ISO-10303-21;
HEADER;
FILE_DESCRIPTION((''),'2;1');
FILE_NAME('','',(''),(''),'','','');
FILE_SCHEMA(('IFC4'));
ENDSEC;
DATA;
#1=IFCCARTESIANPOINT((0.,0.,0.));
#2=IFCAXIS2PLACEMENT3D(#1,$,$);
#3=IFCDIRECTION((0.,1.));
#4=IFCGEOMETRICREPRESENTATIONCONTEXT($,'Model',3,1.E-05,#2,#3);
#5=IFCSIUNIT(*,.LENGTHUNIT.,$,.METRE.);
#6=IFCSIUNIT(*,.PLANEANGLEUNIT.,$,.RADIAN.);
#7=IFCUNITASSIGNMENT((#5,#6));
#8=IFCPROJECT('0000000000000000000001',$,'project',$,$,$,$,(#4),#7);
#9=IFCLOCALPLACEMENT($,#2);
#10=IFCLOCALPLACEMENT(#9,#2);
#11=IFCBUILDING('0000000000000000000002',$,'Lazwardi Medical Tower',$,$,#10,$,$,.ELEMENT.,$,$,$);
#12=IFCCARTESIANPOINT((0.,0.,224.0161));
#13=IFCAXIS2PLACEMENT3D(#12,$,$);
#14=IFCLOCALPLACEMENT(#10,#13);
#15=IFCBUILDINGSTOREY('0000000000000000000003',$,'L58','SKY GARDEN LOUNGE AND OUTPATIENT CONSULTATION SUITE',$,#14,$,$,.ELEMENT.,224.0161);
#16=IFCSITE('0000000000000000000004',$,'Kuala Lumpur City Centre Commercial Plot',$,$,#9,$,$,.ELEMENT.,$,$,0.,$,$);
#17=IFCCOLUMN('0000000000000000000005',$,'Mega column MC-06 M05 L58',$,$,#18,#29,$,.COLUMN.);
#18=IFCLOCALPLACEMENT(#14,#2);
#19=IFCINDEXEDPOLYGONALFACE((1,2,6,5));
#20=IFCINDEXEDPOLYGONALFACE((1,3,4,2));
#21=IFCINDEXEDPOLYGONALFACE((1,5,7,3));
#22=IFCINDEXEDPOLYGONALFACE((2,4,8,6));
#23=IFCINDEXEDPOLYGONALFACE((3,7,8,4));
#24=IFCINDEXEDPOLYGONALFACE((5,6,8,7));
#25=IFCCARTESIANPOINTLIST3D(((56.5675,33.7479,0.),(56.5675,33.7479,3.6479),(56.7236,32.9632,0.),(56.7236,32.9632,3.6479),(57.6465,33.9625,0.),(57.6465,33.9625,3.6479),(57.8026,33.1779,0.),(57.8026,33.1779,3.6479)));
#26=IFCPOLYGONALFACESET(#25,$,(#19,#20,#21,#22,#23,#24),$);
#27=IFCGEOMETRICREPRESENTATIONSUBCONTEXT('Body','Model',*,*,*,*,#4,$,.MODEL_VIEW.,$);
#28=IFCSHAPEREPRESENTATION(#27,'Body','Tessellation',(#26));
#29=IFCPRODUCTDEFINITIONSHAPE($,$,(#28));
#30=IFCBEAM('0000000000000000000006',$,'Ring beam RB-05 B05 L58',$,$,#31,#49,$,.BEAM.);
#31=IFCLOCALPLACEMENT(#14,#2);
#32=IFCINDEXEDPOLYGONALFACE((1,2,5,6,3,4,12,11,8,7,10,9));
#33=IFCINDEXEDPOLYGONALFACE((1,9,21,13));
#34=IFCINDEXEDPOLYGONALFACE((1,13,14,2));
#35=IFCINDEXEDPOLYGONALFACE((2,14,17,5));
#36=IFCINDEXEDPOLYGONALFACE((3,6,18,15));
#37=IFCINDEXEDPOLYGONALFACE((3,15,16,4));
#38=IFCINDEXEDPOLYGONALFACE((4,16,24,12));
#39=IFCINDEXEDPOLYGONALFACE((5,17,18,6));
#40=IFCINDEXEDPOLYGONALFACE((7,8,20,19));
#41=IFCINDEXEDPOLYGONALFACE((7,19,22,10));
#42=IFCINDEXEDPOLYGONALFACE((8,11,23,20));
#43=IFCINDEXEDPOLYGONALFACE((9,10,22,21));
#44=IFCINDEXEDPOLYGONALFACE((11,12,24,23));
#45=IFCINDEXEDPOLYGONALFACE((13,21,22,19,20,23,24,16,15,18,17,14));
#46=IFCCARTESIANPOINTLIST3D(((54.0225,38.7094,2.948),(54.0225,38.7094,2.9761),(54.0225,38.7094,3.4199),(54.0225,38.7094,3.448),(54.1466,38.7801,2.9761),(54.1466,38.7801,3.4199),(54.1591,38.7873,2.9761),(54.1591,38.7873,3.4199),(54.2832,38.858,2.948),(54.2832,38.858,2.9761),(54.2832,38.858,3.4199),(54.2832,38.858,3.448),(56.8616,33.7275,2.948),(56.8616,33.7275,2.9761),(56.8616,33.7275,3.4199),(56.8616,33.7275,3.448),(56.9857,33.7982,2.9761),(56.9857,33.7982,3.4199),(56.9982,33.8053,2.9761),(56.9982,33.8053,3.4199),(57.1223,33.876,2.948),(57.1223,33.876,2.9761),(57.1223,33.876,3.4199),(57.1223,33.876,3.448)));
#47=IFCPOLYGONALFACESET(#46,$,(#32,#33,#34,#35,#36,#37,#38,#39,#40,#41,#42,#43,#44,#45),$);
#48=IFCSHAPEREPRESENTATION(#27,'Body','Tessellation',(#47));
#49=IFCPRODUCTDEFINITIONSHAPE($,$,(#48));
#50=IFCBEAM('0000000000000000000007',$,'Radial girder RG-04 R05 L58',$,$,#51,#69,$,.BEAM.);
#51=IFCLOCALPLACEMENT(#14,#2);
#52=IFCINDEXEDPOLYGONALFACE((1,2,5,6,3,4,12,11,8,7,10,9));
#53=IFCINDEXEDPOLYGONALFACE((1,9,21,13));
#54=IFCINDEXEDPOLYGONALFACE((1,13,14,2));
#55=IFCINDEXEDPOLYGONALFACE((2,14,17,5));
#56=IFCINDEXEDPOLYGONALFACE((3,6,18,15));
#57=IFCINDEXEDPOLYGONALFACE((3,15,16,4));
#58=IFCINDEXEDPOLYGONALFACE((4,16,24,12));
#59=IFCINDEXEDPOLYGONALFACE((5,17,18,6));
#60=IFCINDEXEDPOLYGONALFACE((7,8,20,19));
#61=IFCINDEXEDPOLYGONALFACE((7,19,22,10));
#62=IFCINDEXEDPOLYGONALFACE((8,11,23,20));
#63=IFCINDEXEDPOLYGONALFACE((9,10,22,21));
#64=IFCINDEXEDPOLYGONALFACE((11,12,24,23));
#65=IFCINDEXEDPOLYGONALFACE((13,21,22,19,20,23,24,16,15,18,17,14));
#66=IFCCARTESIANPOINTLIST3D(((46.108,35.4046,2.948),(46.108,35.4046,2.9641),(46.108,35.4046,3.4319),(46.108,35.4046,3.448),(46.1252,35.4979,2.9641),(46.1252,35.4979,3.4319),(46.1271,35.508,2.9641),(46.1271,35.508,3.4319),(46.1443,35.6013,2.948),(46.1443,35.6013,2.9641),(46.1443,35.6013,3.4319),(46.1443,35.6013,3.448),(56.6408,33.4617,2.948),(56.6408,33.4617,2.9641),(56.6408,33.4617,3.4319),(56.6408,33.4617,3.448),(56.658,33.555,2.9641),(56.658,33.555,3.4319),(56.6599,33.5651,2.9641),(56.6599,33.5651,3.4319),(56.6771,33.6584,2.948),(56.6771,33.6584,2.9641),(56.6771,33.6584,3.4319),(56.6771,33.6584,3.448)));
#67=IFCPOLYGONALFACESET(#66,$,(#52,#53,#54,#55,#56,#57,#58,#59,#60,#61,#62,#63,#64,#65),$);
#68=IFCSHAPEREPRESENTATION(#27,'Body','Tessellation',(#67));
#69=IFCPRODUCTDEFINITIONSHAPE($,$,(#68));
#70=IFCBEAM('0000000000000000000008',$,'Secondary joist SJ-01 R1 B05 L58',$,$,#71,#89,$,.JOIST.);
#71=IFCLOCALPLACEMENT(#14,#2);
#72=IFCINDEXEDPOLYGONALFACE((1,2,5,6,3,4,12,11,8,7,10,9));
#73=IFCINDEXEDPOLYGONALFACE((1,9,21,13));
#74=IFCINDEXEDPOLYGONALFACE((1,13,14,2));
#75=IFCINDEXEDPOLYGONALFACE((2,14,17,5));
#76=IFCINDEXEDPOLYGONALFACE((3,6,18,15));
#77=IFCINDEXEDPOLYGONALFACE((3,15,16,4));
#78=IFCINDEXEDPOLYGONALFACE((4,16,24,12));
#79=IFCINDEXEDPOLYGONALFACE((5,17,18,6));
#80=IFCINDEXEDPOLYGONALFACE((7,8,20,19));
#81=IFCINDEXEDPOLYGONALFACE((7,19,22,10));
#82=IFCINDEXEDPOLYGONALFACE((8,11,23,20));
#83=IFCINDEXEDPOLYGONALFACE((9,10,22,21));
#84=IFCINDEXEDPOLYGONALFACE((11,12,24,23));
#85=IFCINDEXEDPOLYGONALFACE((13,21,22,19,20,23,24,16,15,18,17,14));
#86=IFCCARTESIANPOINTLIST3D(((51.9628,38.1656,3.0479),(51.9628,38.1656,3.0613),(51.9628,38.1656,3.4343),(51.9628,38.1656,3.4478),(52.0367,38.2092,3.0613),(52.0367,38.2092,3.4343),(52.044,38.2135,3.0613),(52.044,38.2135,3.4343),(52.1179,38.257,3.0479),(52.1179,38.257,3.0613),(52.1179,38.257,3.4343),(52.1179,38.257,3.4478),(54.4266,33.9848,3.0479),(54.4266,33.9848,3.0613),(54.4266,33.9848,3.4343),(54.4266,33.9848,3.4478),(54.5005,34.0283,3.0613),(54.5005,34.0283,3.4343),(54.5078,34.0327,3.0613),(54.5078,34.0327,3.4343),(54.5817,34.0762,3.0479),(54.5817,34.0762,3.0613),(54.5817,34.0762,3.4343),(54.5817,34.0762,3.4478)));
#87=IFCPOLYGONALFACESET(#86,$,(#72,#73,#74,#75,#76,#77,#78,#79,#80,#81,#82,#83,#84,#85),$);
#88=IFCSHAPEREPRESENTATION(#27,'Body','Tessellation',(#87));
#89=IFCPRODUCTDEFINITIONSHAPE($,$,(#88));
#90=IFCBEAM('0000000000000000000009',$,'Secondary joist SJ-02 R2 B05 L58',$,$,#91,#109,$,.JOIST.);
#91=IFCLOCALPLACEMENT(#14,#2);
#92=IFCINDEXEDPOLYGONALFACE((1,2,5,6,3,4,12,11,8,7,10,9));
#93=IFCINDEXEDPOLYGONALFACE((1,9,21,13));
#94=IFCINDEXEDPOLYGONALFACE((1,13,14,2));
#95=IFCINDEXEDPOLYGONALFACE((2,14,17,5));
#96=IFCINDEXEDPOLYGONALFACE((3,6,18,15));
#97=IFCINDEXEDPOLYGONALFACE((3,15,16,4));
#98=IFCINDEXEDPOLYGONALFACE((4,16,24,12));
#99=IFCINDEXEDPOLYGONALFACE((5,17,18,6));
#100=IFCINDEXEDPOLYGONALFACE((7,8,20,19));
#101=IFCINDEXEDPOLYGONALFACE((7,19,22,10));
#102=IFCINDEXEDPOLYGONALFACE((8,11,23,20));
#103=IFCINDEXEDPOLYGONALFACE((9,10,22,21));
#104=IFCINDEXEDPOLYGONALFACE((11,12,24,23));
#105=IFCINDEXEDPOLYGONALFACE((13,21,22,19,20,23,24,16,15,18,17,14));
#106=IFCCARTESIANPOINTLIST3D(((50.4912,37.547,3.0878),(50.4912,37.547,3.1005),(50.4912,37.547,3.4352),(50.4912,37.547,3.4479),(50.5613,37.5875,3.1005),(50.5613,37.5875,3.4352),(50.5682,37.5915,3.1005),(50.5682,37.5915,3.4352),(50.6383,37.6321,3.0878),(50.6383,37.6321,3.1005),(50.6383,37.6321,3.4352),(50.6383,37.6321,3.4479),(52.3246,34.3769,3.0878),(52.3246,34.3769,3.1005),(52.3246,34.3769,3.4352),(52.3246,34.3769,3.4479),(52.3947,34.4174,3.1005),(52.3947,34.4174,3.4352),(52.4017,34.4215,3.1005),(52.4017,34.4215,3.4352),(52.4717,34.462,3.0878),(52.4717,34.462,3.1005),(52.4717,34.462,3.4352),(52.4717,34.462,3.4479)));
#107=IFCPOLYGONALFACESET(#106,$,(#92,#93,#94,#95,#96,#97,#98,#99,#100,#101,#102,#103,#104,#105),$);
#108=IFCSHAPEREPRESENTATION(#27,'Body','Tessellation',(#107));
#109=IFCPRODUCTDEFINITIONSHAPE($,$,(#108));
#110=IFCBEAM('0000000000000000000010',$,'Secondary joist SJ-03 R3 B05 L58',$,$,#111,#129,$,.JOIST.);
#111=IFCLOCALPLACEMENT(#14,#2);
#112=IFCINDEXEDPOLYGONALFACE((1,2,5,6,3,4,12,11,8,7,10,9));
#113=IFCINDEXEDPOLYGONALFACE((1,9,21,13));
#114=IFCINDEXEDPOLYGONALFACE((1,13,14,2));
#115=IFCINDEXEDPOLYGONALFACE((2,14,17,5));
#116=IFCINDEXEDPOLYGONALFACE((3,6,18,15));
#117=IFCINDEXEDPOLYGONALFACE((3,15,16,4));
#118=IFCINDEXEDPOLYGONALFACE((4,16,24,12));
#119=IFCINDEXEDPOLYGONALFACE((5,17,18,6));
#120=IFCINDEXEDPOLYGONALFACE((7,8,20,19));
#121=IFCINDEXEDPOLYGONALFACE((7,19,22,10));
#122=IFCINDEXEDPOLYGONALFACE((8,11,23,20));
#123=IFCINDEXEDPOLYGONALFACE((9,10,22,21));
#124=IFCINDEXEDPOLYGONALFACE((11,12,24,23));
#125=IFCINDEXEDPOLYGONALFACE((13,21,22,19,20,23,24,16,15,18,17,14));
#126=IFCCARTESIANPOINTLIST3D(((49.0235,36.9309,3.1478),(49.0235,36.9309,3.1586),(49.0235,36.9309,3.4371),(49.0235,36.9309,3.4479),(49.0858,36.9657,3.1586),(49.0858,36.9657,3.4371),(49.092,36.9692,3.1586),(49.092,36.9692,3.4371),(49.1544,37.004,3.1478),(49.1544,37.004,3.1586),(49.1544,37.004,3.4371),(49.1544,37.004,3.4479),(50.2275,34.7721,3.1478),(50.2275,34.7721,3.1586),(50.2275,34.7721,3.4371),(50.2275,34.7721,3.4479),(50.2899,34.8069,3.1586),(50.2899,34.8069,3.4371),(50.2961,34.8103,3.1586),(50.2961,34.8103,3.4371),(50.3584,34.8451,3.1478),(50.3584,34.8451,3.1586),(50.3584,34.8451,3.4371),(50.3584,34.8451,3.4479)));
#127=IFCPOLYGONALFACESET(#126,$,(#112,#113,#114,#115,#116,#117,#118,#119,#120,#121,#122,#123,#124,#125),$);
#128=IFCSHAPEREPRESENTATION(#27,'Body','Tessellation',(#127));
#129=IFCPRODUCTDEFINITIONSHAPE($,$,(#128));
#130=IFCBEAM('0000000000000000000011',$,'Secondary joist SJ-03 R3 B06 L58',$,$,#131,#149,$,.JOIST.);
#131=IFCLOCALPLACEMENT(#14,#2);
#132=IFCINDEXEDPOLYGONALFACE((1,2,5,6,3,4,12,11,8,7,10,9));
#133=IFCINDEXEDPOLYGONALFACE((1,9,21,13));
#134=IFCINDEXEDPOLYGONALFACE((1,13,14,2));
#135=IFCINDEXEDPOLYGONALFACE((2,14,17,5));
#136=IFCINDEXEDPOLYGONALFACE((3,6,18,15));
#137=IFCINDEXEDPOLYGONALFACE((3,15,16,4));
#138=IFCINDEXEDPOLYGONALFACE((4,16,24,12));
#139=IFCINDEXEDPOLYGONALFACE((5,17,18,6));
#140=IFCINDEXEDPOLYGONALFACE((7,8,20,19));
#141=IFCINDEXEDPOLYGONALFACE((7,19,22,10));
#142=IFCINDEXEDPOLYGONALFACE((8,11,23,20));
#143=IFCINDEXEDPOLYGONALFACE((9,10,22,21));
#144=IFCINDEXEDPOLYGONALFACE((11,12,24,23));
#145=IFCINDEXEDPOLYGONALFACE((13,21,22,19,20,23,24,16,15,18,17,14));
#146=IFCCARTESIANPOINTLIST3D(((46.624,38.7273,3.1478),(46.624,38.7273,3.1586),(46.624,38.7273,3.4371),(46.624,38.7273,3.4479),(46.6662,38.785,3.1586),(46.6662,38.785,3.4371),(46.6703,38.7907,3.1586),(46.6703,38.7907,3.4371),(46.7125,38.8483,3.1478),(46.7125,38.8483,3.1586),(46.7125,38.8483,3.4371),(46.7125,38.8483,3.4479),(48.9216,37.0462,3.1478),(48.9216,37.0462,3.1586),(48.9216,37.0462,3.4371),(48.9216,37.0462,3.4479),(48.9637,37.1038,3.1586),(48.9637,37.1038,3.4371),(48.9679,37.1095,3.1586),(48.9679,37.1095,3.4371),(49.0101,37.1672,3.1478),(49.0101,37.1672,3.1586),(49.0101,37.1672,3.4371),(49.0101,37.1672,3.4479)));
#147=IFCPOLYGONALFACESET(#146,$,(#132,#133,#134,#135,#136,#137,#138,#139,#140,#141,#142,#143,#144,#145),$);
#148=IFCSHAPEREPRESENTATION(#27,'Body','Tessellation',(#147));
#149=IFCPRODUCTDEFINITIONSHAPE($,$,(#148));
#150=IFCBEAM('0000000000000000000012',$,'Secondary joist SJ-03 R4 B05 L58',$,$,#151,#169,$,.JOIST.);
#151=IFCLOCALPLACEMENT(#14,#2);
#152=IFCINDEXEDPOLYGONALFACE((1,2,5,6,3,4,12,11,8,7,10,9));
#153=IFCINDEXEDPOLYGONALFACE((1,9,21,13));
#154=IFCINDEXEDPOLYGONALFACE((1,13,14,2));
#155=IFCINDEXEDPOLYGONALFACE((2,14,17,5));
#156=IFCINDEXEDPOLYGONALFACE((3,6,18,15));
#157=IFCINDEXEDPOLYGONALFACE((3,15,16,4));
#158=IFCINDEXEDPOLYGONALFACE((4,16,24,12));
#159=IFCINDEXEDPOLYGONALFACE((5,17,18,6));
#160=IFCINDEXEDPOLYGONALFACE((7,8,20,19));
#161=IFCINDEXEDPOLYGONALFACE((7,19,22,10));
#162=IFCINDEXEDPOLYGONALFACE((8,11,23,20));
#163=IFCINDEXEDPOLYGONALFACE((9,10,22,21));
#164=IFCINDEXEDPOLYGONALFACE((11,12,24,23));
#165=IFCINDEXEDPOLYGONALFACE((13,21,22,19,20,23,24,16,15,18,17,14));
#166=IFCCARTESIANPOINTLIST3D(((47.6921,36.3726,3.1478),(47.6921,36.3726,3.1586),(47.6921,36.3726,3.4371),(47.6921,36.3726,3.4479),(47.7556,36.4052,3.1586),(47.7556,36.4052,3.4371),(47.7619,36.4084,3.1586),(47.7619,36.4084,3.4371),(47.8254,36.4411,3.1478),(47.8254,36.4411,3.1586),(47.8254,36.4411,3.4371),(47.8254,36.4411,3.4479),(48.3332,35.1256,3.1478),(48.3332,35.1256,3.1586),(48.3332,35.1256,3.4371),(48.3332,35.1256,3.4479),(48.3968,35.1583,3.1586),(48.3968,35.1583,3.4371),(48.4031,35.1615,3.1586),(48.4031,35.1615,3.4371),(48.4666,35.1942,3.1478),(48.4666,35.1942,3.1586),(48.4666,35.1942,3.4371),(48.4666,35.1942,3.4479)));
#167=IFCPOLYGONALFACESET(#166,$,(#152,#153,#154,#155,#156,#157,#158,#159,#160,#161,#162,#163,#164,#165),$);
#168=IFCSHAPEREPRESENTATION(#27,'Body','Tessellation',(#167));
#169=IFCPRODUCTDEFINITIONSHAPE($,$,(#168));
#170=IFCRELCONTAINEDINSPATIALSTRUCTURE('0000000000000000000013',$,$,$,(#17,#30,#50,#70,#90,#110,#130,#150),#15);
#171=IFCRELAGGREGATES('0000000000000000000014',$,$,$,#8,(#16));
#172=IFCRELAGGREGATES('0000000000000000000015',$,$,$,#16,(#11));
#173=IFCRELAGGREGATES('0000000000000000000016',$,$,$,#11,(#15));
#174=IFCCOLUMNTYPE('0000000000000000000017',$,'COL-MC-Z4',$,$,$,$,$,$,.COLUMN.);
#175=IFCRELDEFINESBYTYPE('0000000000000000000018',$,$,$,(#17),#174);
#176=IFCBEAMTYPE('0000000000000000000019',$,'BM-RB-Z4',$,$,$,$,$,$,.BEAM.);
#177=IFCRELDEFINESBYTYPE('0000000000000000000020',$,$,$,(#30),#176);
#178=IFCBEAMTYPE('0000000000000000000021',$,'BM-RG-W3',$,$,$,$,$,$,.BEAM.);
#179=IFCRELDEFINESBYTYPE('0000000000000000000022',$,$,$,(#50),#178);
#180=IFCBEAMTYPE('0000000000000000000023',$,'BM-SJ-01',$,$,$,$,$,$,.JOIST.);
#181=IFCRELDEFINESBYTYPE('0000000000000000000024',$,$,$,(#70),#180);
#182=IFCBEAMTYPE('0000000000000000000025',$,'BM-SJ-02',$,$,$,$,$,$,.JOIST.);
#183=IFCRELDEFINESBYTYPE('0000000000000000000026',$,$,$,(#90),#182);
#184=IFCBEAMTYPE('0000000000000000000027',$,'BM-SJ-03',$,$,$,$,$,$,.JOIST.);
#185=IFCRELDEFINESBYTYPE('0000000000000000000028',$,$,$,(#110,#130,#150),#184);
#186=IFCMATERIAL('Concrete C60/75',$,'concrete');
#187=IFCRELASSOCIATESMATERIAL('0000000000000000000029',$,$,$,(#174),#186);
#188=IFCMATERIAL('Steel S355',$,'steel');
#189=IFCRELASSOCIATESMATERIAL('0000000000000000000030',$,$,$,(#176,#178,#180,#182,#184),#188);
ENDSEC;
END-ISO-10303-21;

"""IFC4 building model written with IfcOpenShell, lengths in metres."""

from ifc_helpers import new_model, si_unit, direction, frame, origin, origin_2d, place, context, subcontext, project, spatial, rectangle, i_section, extrude, material, material_profile, profile_set, type_object, element, save


model = new_model("IFC4")

# Units and contexts
model_context = context("Model", 3, precision=1e-05, world=origin(), true_north=direction((0.0, 1.0)))
body_context = subcontext(model_context, "Body", "Model", "MODEL_VIEW")
ifc_project = project(units=[si_unit("LENGTHUNIT", "METRE"), si_unit("PLANEANGLEUNIT", "RADIAN")], contexts=[model_context])

# Site, building, storey
site_placement = place(None, origin())
site = spatial("IfcSite", under=ifc_project, at=site_placement, Name="Kuala Lumpur City Centre Commercial Plot", CompositionType="ELEMENT", RefElevation=0.0)
building_placement = place(site_placement, origin())
building = spatial("IfcBuilding", under=site, at=building_placement, Name="Lazwardi Medical Tower", CompositionType="ELEMENT")
storey_placement = place(building_placement, frame((0.0, 0.0, 224.0161)))
storey = spatial("IfcBuildingStorey", under=building, at=storey_placement, Name="L58", Description="SKY GARDEN LOUNGE AND OUTPATIENT CONSULTATION SUITE", CompositionType="ELEMENT", Elevation=224.0161)

# Column
ifc_material_1 = material(Name="Concrete C60/75", Category="concrete")
ifc_material_profile_1 = material_profile(ifc_material_1, rectangle(XDim=1.1001, YDim=0.8, at=origin_2d()), Name="CFT-RECT 1100x800")
ifc_profile_set_1 = profile_set([ifc_material_profile_1], Name="Concrete C60/75")
column_type = type_object("IfcColumnType", Name="COL-MC-Z4", PredefinedType="COLUMN", material=ifc_profile_set_1)
column_placement = place(storey_placement, frame((57.1851, 33.4629, 0.0), z_axis=(0.0, 0.0, 1.0), x_axis=(0.980785, 0.19509, 0.0)))
element("IfcColumn", 1, at=column_placement, inside=storey, type_object=column_type, Name="Mega column MC-06 M05 L58", PredefinedType="COLUMN", context=body_context, shape_type="SweptSolid", body=[
    extrude(rectangle(XDim=1.1001, YDim=0.8, at=origin_2d()), origin(), (0.0, 0.0, 1.0), 3.6479),
])

# Beams
ifc_material_2 = material(Name="Steel S355", Category="steel")
ifc_material_profile_2 = material_profile(ifc_material_2, i_section(OverallWidth=0.3, OverallDepth=0.5, WebThickness=0.0144, FlangeThickness=0.0281, at=origin_2d()), Name="HEB 500")
ifc_profile_set_2 = profile_set([ifc_material_profile_2], Name="Steel S355")
beam_type_1 = type_object("IfcBeamType", Name="BM-RB-Z4", PredefinedType="BEAM", material=ifc_profile_set_2)
beam_1_placement = place(storey_placement, frame((56.9919, 33.8018, 3.198), z_axis=(-0.495125, 0.868822, 0.0), x_axis=(-0.868822, -0.495125, 0.0)))
element("IfcBeam", 2, at=beam_1_placement, inside=storey, type_object=beam_type_1, Name="Ring beam RB-05 B05 L58", PredefinedType="BEAM", context=body_context, shape_type="SweptSolid", body=[
    extrude(i_section(OverallWidth=0.3, OverallDepth=0.5, WebThickness=0.0144, FlangeThickness=0.0281, at=origin_2d()), origin(), (0.0, 0.0, 1.0), 5.7341),
])
ifc_material_profile_3 = material_profile(ifc_material_2, i_section(OverallWidth=0.2, OverallDepth=0.5, WebThickness=0.0103, FlangeThickness=0.0161, at=origin_2d()), Name="IPE 500")
ifc_profile_set_3 = profile_set([ifc_material_profile_3], Name="Steel S355")
beam_type_2 = type_object("IfcBeamType", Name="BM-RG-W3", PredefinedType="BEAM", material=ifc_profile_set_3)
beam_2_placement = place(storey_placement, frame((56.6589, 33.5601, 3.198), z_axis=(-0.983409, 0.1814, 0.0), x_axis=(-0.1814, -0.983409, 0.0)))
element("IfcBeam", 3, at=beam_2_placement, inside=storey, type_object=beam_type_2, Name="Radial girder RG-04 R05 L58", PredefinedType="BEAM", context=body_context, shape_type="SweptSolid", body=[
    extrude(i_section(OverallWidth=0.2, OverallDepth=0.5, WebThickness=0.0103, FlangeThickness=0.0161, at=origin_2d()), origin(), (0.0, 0.0, 1.0), 10.7104),
])
ifc_material_profile_4 = material_profile(ifc_material_2, i_section(OverallWidth=0.1799, OverallDepth=0.3999, WebThickness=0.0085, FlangeThickness=0.0134, at=origin_2d()), Name="IPE 400")
ifc_profile_set_4 = profile_set([ifc_material_profile_4], Name="Steel S355")
beam_type_3 = type_object("IfcBeamType", Name="BM-SJ-01", PredefinedType="JOIST", material=ifc_profile_set_4)
beam_3_placement = place(storey_placement, frame((54.5042, 34.0305, 3.2478), z_axis=(-0.50771, 0.861528, 0.0), x_axis=(-0.861528, -0.50771, 0.0)))
element("IfcBeam", 4, at=beam_3_placement, inside=storey, type_object=beam_type_3, Name="Secondary joist SJ-01 R1 B05 L58", PredefinedType="JOIST", context=body_context, shape_type="SweptSolid", body=[
    extrude(i_section(OverallWidth=0.1799, OverallDepth=0.3999, WebThickness=0.0085, FlangeThickness=0.0134, at=origin_2d()), origin(), (0.0, 0.0, 1.0), 4.8528),
])
ifc_material_profile_5 = material_profile(ifc_material_2, i_section(OverallWidth=0.1699, OverallDepth=0.3601, WebThickness=0.0081, FlangeThickness=0.0127, at=origin_2d()), Name="IPE 360")
ifc_profile_set_5 = profile_set([ifc_material_profile_5], Name="Steel S355")
beam_type_4 = type_object("IfcBeamType", Name="BM-SJ-02", PredefinedType="JOIST", material=ifc_profile_set_5)
beam_4_placement = place(storey_placement, frame((52.3982, 34.4194, 3.2678), z_axis=(-0.500655, 0.865647, 0.0), x_axis=(-0.865647, -0.500655, 0.0)))
element("IfcBeam", 5, at=beam_4_placement, inside=storey, type_object=beam_type_4, Name="Secondary joist SJ-02 R2 B05 L58", PredefinedType="JOIST", context=body_context, shape_type="SweptSolid", body=[
    extrude(i_section(OverallWidth=0.1699, OverallDepth=0.3601, WebThickness=0.0081, FlangeThickness=0.0127, at=origin_2d()), origin(), (0.0, 0.0, 1.0), 3.6621),
])
ifc_material_profile_6 = material_profile(ifc_material_2, i_section(OverallWidth=0.1499, OverallDepth=0.3, WebThickness=0.0071, FlangeThickness=0.0107, at=origin_2d()), Name="IPE 300")
ifc_profile_set_6 = profile_set([ifc_material_profile_6], Name="Steel S355")
beam_type_5 = type_object("IfcBeamType", Name="BM-SJ-03", PredefinedType="JOIST", material=ifc_profile_set_6)
beam_5_placement = place(storey_placement, frame((50.293, 34.8086, 3.2979), z_axis=(-0.487093, 0.87335, 0.0), x_axis=(-0.87335, -0.487093, 0.0)))
element("IfcBeam", 6, at=beam_5_placement, inside=storey, type_object=beam_type_5, Name="Secondary joist SJ-03 R3 B05 L58", PredefinedType="JOIST", context=body_context, shape_type="SweptSolid", body=[
    extrude(i_section(OverallWidth=0.1499, OverallDepth=0.3, WebThickness=0.0071, FlangeThickness=0.0107, at=origin_2d()), origin(), (0.0, 0.0, 1.0), 2.4719),
])
beam_6_placement = place(storey_placement, frame((48.9658, 37.1067, 3.2979), z_axis=(-0.807034, 0.590505, 0.0), x_axis=(-0.590505, -0.807034, 0.0)))
element("IfcBeam", 7, at=beam_6_placement, inside=storey, type_object=beam_type_5, Name="Secondary joist SJ-03 R3 B06 L58", PredefinedType="JOIST", context=body_context, shape_type="SweptSolid", body=[
    extrude(i_section(OverallWidth=0.1499, OverallDepth=0.3, WebThickness=0.0071, FlangeThickness=0.0107, at=origin_2d()), origin(), (0.0, 0.0, 1.0), 2.8469),
])
beam_7_placement = place(storey_placement, frame((48.3999, 35.1599, 3.2979), z_axis=(-0.457285, 0.88932, 0.0), x_axis=(-0.88932, -0.457285, 0.0)))
element("IfcBeam", 8, at=beam_7_placement, inside=storey, type_object=beam_type_5, Name="Secondary joist SJ-03 R4 B05 L58", PredefinedType="JOIST", context=body_context, shape_type="SweptSolid", body=[
    extrude(i_section(OverallWidth=0.1499, OverallDepth=0.3, WebThickness=0.0071, FlangeThickness=0.0107, at=origin_2d()), origin(), (0.0, 0.0, 1.0), 1.4021),
])

save(model, "model.ifc")
